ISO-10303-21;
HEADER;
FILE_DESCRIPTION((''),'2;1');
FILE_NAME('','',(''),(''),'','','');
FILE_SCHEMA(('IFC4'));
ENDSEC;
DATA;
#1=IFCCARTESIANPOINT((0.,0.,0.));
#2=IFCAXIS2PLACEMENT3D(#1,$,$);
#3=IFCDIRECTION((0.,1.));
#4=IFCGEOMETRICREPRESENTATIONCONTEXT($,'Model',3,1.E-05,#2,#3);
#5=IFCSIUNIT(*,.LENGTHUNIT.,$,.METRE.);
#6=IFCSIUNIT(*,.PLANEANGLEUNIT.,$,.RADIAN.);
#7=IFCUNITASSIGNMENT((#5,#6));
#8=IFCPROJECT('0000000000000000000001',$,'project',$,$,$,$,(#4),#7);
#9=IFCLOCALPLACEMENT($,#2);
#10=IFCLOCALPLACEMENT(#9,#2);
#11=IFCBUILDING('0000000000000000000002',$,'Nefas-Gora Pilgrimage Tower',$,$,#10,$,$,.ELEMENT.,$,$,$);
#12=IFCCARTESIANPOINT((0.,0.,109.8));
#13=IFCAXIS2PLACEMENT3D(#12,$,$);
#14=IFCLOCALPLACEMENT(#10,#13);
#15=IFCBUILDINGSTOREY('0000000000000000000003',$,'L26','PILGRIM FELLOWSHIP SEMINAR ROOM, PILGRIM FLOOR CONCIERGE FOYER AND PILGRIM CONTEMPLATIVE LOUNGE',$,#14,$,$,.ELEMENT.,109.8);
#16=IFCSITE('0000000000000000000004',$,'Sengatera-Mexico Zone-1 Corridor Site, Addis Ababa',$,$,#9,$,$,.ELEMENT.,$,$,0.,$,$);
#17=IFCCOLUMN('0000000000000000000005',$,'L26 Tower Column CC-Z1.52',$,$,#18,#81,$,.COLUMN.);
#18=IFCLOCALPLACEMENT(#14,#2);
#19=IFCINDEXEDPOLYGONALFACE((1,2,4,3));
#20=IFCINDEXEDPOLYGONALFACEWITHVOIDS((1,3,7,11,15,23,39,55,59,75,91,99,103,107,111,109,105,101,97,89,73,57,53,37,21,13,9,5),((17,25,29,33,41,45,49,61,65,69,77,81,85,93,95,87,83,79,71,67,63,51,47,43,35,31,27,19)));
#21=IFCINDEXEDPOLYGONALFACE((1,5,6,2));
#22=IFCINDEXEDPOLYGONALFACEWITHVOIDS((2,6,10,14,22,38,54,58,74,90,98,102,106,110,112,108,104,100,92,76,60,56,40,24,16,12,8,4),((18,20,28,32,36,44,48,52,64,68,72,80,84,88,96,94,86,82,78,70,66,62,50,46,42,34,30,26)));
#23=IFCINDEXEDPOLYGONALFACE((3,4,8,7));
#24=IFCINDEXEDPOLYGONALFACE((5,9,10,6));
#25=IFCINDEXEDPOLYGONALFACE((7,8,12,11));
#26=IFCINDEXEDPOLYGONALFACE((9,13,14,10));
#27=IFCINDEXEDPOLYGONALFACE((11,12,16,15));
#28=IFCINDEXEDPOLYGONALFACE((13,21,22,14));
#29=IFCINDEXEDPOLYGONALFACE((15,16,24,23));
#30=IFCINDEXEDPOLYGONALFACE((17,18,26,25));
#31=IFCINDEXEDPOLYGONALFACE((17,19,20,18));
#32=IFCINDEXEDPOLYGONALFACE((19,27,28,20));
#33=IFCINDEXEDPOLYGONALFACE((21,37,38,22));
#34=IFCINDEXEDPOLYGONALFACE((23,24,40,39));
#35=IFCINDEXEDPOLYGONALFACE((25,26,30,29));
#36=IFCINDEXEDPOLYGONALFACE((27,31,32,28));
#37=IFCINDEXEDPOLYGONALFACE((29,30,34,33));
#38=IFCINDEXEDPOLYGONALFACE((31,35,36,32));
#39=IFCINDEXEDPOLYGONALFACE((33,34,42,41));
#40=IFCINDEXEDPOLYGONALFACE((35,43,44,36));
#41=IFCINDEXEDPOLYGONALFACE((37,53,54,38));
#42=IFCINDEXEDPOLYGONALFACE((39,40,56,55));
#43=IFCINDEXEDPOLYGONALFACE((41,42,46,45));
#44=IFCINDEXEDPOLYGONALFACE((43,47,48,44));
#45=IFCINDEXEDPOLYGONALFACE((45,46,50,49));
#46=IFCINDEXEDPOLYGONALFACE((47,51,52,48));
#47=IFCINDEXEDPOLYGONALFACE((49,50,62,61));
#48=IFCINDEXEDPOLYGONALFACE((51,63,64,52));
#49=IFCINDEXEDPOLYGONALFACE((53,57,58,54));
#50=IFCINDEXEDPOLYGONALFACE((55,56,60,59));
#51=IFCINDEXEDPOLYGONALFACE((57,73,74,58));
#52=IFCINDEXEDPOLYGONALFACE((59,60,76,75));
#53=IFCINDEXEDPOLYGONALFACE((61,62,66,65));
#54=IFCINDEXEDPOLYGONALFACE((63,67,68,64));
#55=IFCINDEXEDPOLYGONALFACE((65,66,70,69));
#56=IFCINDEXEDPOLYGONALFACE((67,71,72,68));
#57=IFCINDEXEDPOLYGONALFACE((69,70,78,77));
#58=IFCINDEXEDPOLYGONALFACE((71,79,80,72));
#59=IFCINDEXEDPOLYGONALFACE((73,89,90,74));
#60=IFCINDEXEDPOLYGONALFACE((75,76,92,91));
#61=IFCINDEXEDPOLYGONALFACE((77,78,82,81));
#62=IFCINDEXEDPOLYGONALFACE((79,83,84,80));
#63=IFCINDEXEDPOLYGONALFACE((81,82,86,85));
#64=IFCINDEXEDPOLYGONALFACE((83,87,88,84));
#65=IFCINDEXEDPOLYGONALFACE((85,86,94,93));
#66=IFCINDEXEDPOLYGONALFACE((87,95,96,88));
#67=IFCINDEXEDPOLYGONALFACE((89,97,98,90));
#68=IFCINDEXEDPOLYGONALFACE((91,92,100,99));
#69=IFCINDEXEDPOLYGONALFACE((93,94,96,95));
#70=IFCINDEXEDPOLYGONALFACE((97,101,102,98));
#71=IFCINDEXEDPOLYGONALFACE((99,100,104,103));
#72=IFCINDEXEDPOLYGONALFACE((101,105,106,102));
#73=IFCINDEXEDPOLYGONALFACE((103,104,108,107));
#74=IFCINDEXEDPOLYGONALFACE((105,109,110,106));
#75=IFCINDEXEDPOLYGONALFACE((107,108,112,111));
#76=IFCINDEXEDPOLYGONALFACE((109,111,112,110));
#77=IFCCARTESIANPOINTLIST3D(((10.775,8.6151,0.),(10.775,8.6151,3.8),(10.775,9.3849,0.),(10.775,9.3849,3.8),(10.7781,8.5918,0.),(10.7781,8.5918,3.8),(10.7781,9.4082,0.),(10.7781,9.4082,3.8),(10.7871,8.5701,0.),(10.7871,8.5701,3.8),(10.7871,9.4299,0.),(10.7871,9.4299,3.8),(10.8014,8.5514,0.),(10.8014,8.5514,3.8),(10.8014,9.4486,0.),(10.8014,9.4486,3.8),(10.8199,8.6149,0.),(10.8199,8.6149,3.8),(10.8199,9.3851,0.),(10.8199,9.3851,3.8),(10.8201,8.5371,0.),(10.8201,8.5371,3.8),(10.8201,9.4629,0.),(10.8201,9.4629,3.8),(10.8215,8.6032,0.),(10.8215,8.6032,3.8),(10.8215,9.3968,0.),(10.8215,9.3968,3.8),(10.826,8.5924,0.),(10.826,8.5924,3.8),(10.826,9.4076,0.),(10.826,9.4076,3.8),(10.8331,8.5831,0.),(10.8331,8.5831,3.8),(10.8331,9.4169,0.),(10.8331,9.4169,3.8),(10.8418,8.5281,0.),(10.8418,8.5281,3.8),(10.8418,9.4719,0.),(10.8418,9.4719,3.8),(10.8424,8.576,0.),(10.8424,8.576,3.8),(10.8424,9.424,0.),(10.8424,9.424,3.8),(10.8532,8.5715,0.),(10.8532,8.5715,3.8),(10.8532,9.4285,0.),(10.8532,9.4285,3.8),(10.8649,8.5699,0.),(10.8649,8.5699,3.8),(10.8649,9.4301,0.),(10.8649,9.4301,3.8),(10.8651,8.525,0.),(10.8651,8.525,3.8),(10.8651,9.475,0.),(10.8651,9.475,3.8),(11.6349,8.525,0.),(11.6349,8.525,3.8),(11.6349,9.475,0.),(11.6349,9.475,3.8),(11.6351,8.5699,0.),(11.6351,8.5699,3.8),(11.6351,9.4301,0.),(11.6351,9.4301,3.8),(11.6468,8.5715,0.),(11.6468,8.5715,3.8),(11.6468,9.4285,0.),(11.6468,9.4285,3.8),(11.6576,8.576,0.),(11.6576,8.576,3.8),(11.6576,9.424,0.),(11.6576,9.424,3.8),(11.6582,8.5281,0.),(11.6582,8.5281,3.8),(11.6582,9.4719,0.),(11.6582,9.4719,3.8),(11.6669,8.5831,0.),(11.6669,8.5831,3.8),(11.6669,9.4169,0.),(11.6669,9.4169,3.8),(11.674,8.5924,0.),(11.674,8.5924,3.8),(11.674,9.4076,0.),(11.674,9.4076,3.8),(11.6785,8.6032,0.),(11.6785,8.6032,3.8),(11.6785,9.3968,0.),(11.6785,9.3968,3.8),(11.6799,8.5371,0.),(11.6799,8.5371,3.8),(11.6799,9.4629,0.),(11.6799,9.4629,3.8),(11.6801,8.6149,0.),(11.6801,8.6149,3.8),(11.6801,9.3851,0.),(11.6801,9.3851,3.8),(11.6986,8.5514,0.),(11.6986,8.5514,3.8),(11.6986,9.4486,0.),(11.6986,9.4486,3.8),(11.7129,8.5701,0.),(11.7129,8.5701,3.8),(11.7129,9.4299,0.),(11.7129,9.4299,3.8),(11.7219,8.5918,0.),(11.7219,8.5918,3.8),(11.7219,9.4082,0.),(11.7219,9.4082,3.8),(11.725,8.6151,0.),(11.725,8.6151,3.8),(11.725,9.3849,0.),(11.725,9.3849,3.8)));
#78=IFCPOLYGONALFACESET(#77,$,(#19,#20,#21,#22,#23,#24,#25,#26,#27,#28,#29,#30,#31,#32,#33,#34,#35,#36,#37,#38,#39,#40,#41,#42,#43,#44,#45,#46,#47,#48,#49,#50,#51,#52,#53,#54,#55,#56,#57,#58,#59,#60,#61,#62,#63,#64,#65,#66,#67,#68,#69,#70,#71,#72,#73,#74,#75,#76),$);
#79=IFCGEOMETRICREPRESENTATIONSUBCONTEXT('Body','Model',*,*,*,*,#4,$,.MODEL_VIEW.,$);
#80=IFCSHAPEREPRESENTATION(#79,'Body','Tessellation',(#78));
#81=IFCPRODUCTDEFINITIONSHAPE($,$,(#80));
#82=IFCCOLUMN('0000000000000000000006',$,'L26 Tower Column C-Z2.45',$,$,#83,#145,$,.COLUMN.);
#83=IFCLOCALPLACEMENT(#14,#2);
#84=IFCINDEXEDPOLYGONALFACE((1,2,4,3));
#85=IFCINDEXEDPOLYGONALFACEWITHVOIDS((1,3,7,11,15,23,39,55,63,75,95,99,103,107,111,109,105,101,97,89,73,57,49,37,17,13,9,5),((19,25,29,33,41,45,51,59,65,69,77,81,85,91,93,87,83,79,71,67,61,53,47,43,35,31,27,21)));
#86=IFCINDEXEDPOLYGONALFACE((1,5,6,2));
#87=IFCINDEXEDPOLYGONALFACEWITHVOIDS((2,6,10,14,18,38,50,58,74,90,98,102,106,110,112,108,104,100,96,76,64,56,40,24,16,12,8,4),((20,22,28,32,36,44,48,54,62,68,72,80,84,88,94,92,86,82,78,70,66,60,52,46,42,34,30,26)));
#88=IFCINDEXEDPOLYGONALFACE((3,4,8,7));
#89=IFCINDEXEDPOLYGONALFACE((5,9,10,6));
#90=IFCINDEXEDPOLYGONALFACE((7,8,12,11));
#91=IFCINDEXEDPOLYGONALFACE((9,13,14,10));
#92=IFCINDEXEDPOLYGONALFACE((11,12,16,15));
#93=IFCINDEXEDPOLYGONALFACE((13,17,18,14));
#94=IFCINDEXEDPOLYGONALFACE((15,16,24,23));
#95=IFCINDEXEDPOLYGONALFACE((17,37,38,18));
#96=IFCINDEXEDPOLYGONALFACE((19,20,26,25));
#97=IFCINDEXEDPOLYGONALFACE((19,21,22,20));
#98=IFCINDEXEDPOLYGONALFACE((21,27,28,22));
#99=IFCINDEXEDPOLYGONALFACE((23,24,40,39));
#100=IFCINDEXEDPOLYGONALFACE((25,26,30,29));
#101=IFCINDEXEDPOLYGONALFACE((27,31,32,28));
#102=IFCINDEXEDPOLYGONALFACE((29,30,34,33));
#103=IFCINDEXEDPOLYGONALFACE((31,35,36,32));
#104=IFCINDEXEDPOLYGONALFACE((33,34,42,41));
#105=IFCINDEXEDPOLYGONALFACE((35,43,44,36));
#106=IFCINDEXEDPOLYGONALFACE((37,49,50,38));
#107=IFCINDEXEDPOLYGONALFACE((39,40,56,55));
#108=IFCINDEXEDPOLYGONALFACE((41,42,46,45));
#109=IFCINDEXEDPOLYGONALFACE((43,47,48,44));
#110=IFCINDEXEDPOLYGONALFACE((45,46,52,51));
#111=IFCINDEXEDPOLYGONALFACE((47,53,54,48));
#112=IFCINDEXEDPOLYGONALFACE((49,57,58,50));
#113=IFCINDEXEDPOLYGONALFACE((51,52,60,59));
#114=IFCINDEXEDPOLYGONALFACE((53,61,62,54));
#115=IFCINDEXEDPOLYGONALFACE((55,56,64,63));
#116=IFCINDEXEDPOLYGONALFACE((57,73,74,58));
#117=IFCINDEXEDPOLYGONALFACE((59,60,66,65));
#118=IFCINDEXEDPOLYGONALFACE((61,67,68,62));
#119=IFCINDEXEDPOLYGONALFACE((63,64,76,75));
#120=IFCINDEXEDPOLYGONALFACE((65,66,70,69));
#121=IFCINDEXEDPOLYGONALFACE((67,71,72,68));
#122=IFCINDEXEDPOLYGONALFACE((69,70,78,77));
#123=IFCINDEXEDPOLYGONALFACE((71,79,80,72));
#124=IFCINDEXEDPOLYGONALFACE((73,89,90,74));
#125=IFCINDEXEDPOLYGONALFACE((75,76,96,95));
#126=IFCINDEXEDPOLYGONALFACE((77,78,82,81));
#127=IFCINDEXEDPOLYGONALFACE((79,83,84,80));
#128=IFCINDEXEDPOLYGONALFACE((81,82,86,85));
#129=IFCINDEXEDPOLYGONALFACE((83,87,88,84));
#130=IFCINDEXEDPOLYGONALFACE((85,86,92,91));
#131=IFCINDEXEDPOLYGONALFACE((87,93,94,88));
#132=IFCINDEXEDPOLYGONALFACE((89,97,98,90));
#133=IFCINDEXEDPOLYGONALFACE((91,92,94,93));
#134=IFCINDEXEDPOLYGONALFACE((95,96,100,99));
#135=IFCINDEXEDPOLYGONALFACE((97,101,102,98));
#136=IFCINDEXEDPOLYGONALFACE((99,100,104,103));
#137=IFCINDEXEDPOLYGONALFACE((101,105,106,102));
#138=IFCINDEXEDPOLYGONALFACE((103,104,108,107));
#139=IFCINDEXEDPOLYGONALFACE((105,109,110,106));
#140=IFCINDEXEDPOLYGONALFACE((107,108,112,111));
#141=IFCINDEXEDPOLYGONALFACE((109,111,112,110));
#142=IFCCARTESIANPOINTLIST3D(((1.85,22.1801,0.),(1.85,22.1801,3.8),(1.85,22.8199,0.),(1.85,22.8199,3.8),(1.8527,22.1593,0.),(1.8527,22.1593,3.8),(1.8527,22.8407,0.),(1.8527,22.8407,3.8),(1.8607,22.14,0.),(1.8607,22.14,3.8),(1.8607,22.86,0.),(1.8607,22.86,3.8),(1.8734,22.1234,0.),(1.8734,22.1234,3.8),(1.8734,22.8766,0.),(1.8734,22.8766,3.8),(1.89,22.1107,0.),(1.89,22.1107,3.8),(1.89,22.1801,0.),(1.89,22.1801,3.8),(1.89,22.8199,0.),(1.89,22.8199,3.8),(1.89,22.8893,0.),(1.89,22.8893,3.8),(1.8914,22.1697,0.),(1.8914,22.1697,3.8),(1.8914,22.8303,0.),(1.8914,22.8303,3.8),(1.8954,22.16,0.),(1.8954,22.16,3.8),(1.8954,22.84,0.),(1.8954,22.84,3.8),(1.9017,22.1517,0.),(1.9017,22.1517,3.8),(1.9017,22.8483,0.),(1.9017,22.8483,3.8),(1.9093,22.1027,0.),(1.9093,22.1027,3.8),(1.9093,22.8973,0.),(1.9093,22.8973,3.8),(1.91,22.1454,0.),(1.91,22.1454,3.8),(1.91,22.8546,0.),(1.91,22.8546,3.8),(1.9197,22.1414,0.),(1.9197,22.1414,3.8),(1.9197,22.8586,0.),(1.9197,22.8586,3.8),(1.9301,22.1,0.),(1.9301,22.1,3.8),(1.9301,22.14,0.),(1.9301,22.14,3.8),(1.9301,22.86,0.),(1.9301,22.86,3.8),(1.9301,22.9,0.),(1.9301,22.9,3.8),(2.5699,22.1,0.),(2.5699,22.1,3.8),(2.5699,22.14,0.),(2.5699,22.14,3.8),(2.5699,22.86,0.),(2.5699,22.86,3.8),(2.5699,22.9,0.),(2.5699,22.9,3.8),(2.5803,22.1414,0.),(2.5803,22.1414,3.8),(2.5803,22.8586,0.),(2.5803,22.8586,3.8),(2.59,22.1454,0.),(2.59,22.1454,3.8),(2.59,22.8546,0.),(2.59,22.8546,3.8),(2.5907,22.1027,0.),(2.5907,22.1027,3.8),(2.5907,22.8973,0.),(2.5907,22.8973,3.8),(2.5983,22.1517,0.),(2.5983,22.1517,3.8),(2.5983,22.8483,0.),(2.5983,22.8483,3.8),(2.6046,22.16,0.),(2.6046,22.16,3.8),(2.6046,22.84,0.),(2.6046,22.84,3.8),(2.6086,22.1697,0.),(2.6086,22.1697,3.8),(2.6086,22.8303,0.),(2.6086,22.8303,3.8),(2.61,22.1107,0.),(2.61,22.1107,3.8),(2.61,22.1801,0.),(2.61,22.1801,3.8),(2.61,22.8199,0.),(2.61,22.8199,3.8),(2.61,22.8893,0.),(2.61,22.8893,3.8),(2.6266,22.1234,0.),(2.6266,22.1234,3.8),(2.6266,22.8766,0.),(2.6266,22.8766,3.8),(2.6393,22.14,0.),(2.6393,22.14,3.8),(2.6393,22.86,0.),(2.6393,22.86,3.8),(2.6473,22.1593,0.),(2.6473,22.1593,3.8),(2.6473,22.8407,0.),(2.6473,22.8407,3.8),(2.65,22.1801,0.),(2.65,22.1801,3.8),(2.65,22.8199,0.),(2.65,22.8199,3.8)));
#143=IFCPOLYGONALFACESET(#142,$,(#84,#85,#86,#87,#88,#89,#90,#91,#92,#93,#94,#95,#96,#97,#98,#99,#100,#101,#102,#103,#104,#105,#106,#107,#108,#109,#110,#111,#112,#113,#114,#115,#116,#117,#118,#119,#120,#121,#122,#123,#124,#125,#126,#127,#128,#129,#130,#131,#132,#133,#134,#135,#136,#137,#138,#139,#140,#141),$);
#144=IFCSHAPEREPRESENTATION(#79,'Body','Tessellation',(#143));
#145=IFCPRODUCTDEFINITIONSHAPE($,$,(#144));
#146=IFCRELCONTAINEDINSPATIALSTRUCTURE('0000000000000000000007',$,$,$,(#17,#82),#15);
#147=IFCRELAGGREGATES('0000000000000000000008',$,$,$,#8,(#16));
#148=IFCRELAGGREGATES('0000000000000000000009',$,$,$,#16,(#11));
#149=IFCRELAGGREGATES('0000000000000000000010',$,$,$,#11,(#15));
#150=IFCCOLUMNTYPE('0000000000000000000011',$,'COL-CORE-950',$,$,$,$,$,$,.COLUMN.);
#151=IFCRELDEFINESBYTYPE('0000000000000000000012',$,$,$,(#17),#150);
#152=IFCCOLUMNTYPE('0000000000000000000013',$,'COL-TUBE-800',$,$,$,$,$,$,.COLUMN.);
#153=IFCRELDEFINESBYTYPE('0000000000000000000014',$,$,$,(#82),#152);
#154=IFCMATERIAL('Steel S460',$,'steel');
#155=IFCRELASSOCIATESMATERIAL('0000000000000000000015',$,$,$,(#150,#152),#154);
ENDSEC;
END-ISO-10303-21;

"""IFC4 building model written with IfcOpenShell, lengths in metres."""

from ifc_helpers import new_model, si_unit, direction, frame, origin, origin_2d, place, context, subcontext, project, spatial, hollow_rectangle, extrude, source, transform, mapped, material, material_profile, profile_set, type_object, element, save


model = new_model("IFC4")

# Units and contexts
model_context = context("Model", 3, precision=1e-05, world=origin(), true_north=direction((0.0, 1.0)))
body_context = subcontext(model_context, "Body", "Model", "MODEL_VIEW")
ifc_project = project(units=[si_unit("LENGTHUNIT", "METRE"), si_unit("PLANEANGLEUNIT", "RADIAN")], contexts=[model_context])

# Site, building, storey
site_placement = place(None, origin())
site = spatial("IfcSite", under=ifc_project, at=site_placement, Name="Sengatera-Mexico Zone-1 Corridor Site, Addis Ababa", CompositionType="ELEMENT", RefElevation=0.0)
building_placement = place(site_placement, origin())
building = spatial("IfcBuilding", under=site, at=building_placement, Name="Nefas-Gora Pilgrimage Tower", CompositionType="ELEMENT")
storey_placement = place(building_placement, frame((0.0, 0.0, 109.8)))
storey = spatial("IfcBuildingStorey", under=building, at=storey_placement, Name="L26", Description="PILGRIM FELLOWSHIP SEMINAR ROOM, PILGRIM FLOOR CONCIERGE FOYER AND PILGRIM CONTEMPLATIVE LOUNGE", CompositionType="ELEMENT", Elevation=109.8)

# Columns
ifc_material_1 = material(Name="Steel S460", Category="steel")
ifc_material_profile_1 = material_profile(ifc_material_1, hollow_rectangle(XDim=0.95, YDim=0.95, WallThickness=0.0449, InnerFilletRadius=0.0449, OuterFilletRadius=0.0901, at=origin_2d()), Name="BOX 950x950x45")
ifc_profile_set_1 = profile_set([ifc_material_profile_1], Name="Steel S460")
column_type_1 = type_object("IfcColumnType", Name="COL-CORE-950", PredefinedType="COLUMN", material=ifc_profile_set_1)
shared_shape_1 = source(origin(), body_context, "Body", "SweptSolid", [
    extrude(hollow_rectangle(XDim=0.95, YDim=0.95, WallThickness=0.0449, InnerFilletRadius=0.0449, OuterFilletRadius=0.0901, at=origin_2d()), origin(), (0.0, 0.0, 1.0), 3.8),
])
column_placement = place(storey_placement, frame((11.25, 9.0, 0.0), z_axis=(0.0, 0.0, 1.0), x_axis=(1.0, 0.0, 0.0)))
element("IfcColumn", 1, at=column_placement, inside=storey, type_object=column_type_1, Name="L26 Tower Column CC-Z1.52", PredefinedType="COLUMN", context=body_context, shape_type="MappedRepresentation", body=[
    mapped(shared_shape_1, transform((0.0, 0.0, 0.0), x_axis=(1.0, 0.0, 0.0), y_axis=(0.0, 1.0, 0.0), z_axis=(0.0, 0.0, 1.0), scale=1.0)),
])
ifc_material_profile_2 = material_profile(ifc_material_1, hollow_rectangle(XDim=0.8, YDim=0.8, WallThickness=0.04, InnerFilletRadius=0.04, OuterFilletRadius=0.0801, at=origin_2d()), Name="BOX 800x800x40")
ifc_profile_set_2 = profile_set([ifc_material_profile_2], Name="Steel S460")
column_type_2 = type_object("IfcColumnType", Name="COL-TUBE-800", PredefinedType="COLUMN", material=ifc_profile_set_2)
shared_shape_2 = source(origin(), body_context, "Body", "SweptSolid", [
    extrude(hollow_rectangle(XDim=0.8, YDim=0.8, WallThickness=0.04, InnerFilletRadius=0.04, OuterFilletRadius=0.0801, at=origin_2d()), origin(), (0.0, 0.0, 1.0), 3.8),
])
for number, where, z_axis, x_axis, name in (
    (2, (2.25, 22.5, 0.0), (0.0, 0.0, 1.0), (1.0, 0.0, 0.0), "L26 Tower Column C-Z2.45"),
):
    element("IfcColumn", number, at=place(storey_placement, frame(where, z_axis=z_axis, x_axis=x_axis)), inside=storey, type_object=column_type_2, Name=name, PredefinedType="COLUMN", context=body_context, shape_type="MappedRepresentation", body=[
        mapped(shared_shape_2, transform((0.0, 0.0, 0.0), x_axis=(1.0, 0.0, 0.0), y_axis=(0.0, 1.0, 0.0), z_axis=(0.0, 0.0, 1.0), scale=1.0)),
    ])

save(model, "model.ifc")
